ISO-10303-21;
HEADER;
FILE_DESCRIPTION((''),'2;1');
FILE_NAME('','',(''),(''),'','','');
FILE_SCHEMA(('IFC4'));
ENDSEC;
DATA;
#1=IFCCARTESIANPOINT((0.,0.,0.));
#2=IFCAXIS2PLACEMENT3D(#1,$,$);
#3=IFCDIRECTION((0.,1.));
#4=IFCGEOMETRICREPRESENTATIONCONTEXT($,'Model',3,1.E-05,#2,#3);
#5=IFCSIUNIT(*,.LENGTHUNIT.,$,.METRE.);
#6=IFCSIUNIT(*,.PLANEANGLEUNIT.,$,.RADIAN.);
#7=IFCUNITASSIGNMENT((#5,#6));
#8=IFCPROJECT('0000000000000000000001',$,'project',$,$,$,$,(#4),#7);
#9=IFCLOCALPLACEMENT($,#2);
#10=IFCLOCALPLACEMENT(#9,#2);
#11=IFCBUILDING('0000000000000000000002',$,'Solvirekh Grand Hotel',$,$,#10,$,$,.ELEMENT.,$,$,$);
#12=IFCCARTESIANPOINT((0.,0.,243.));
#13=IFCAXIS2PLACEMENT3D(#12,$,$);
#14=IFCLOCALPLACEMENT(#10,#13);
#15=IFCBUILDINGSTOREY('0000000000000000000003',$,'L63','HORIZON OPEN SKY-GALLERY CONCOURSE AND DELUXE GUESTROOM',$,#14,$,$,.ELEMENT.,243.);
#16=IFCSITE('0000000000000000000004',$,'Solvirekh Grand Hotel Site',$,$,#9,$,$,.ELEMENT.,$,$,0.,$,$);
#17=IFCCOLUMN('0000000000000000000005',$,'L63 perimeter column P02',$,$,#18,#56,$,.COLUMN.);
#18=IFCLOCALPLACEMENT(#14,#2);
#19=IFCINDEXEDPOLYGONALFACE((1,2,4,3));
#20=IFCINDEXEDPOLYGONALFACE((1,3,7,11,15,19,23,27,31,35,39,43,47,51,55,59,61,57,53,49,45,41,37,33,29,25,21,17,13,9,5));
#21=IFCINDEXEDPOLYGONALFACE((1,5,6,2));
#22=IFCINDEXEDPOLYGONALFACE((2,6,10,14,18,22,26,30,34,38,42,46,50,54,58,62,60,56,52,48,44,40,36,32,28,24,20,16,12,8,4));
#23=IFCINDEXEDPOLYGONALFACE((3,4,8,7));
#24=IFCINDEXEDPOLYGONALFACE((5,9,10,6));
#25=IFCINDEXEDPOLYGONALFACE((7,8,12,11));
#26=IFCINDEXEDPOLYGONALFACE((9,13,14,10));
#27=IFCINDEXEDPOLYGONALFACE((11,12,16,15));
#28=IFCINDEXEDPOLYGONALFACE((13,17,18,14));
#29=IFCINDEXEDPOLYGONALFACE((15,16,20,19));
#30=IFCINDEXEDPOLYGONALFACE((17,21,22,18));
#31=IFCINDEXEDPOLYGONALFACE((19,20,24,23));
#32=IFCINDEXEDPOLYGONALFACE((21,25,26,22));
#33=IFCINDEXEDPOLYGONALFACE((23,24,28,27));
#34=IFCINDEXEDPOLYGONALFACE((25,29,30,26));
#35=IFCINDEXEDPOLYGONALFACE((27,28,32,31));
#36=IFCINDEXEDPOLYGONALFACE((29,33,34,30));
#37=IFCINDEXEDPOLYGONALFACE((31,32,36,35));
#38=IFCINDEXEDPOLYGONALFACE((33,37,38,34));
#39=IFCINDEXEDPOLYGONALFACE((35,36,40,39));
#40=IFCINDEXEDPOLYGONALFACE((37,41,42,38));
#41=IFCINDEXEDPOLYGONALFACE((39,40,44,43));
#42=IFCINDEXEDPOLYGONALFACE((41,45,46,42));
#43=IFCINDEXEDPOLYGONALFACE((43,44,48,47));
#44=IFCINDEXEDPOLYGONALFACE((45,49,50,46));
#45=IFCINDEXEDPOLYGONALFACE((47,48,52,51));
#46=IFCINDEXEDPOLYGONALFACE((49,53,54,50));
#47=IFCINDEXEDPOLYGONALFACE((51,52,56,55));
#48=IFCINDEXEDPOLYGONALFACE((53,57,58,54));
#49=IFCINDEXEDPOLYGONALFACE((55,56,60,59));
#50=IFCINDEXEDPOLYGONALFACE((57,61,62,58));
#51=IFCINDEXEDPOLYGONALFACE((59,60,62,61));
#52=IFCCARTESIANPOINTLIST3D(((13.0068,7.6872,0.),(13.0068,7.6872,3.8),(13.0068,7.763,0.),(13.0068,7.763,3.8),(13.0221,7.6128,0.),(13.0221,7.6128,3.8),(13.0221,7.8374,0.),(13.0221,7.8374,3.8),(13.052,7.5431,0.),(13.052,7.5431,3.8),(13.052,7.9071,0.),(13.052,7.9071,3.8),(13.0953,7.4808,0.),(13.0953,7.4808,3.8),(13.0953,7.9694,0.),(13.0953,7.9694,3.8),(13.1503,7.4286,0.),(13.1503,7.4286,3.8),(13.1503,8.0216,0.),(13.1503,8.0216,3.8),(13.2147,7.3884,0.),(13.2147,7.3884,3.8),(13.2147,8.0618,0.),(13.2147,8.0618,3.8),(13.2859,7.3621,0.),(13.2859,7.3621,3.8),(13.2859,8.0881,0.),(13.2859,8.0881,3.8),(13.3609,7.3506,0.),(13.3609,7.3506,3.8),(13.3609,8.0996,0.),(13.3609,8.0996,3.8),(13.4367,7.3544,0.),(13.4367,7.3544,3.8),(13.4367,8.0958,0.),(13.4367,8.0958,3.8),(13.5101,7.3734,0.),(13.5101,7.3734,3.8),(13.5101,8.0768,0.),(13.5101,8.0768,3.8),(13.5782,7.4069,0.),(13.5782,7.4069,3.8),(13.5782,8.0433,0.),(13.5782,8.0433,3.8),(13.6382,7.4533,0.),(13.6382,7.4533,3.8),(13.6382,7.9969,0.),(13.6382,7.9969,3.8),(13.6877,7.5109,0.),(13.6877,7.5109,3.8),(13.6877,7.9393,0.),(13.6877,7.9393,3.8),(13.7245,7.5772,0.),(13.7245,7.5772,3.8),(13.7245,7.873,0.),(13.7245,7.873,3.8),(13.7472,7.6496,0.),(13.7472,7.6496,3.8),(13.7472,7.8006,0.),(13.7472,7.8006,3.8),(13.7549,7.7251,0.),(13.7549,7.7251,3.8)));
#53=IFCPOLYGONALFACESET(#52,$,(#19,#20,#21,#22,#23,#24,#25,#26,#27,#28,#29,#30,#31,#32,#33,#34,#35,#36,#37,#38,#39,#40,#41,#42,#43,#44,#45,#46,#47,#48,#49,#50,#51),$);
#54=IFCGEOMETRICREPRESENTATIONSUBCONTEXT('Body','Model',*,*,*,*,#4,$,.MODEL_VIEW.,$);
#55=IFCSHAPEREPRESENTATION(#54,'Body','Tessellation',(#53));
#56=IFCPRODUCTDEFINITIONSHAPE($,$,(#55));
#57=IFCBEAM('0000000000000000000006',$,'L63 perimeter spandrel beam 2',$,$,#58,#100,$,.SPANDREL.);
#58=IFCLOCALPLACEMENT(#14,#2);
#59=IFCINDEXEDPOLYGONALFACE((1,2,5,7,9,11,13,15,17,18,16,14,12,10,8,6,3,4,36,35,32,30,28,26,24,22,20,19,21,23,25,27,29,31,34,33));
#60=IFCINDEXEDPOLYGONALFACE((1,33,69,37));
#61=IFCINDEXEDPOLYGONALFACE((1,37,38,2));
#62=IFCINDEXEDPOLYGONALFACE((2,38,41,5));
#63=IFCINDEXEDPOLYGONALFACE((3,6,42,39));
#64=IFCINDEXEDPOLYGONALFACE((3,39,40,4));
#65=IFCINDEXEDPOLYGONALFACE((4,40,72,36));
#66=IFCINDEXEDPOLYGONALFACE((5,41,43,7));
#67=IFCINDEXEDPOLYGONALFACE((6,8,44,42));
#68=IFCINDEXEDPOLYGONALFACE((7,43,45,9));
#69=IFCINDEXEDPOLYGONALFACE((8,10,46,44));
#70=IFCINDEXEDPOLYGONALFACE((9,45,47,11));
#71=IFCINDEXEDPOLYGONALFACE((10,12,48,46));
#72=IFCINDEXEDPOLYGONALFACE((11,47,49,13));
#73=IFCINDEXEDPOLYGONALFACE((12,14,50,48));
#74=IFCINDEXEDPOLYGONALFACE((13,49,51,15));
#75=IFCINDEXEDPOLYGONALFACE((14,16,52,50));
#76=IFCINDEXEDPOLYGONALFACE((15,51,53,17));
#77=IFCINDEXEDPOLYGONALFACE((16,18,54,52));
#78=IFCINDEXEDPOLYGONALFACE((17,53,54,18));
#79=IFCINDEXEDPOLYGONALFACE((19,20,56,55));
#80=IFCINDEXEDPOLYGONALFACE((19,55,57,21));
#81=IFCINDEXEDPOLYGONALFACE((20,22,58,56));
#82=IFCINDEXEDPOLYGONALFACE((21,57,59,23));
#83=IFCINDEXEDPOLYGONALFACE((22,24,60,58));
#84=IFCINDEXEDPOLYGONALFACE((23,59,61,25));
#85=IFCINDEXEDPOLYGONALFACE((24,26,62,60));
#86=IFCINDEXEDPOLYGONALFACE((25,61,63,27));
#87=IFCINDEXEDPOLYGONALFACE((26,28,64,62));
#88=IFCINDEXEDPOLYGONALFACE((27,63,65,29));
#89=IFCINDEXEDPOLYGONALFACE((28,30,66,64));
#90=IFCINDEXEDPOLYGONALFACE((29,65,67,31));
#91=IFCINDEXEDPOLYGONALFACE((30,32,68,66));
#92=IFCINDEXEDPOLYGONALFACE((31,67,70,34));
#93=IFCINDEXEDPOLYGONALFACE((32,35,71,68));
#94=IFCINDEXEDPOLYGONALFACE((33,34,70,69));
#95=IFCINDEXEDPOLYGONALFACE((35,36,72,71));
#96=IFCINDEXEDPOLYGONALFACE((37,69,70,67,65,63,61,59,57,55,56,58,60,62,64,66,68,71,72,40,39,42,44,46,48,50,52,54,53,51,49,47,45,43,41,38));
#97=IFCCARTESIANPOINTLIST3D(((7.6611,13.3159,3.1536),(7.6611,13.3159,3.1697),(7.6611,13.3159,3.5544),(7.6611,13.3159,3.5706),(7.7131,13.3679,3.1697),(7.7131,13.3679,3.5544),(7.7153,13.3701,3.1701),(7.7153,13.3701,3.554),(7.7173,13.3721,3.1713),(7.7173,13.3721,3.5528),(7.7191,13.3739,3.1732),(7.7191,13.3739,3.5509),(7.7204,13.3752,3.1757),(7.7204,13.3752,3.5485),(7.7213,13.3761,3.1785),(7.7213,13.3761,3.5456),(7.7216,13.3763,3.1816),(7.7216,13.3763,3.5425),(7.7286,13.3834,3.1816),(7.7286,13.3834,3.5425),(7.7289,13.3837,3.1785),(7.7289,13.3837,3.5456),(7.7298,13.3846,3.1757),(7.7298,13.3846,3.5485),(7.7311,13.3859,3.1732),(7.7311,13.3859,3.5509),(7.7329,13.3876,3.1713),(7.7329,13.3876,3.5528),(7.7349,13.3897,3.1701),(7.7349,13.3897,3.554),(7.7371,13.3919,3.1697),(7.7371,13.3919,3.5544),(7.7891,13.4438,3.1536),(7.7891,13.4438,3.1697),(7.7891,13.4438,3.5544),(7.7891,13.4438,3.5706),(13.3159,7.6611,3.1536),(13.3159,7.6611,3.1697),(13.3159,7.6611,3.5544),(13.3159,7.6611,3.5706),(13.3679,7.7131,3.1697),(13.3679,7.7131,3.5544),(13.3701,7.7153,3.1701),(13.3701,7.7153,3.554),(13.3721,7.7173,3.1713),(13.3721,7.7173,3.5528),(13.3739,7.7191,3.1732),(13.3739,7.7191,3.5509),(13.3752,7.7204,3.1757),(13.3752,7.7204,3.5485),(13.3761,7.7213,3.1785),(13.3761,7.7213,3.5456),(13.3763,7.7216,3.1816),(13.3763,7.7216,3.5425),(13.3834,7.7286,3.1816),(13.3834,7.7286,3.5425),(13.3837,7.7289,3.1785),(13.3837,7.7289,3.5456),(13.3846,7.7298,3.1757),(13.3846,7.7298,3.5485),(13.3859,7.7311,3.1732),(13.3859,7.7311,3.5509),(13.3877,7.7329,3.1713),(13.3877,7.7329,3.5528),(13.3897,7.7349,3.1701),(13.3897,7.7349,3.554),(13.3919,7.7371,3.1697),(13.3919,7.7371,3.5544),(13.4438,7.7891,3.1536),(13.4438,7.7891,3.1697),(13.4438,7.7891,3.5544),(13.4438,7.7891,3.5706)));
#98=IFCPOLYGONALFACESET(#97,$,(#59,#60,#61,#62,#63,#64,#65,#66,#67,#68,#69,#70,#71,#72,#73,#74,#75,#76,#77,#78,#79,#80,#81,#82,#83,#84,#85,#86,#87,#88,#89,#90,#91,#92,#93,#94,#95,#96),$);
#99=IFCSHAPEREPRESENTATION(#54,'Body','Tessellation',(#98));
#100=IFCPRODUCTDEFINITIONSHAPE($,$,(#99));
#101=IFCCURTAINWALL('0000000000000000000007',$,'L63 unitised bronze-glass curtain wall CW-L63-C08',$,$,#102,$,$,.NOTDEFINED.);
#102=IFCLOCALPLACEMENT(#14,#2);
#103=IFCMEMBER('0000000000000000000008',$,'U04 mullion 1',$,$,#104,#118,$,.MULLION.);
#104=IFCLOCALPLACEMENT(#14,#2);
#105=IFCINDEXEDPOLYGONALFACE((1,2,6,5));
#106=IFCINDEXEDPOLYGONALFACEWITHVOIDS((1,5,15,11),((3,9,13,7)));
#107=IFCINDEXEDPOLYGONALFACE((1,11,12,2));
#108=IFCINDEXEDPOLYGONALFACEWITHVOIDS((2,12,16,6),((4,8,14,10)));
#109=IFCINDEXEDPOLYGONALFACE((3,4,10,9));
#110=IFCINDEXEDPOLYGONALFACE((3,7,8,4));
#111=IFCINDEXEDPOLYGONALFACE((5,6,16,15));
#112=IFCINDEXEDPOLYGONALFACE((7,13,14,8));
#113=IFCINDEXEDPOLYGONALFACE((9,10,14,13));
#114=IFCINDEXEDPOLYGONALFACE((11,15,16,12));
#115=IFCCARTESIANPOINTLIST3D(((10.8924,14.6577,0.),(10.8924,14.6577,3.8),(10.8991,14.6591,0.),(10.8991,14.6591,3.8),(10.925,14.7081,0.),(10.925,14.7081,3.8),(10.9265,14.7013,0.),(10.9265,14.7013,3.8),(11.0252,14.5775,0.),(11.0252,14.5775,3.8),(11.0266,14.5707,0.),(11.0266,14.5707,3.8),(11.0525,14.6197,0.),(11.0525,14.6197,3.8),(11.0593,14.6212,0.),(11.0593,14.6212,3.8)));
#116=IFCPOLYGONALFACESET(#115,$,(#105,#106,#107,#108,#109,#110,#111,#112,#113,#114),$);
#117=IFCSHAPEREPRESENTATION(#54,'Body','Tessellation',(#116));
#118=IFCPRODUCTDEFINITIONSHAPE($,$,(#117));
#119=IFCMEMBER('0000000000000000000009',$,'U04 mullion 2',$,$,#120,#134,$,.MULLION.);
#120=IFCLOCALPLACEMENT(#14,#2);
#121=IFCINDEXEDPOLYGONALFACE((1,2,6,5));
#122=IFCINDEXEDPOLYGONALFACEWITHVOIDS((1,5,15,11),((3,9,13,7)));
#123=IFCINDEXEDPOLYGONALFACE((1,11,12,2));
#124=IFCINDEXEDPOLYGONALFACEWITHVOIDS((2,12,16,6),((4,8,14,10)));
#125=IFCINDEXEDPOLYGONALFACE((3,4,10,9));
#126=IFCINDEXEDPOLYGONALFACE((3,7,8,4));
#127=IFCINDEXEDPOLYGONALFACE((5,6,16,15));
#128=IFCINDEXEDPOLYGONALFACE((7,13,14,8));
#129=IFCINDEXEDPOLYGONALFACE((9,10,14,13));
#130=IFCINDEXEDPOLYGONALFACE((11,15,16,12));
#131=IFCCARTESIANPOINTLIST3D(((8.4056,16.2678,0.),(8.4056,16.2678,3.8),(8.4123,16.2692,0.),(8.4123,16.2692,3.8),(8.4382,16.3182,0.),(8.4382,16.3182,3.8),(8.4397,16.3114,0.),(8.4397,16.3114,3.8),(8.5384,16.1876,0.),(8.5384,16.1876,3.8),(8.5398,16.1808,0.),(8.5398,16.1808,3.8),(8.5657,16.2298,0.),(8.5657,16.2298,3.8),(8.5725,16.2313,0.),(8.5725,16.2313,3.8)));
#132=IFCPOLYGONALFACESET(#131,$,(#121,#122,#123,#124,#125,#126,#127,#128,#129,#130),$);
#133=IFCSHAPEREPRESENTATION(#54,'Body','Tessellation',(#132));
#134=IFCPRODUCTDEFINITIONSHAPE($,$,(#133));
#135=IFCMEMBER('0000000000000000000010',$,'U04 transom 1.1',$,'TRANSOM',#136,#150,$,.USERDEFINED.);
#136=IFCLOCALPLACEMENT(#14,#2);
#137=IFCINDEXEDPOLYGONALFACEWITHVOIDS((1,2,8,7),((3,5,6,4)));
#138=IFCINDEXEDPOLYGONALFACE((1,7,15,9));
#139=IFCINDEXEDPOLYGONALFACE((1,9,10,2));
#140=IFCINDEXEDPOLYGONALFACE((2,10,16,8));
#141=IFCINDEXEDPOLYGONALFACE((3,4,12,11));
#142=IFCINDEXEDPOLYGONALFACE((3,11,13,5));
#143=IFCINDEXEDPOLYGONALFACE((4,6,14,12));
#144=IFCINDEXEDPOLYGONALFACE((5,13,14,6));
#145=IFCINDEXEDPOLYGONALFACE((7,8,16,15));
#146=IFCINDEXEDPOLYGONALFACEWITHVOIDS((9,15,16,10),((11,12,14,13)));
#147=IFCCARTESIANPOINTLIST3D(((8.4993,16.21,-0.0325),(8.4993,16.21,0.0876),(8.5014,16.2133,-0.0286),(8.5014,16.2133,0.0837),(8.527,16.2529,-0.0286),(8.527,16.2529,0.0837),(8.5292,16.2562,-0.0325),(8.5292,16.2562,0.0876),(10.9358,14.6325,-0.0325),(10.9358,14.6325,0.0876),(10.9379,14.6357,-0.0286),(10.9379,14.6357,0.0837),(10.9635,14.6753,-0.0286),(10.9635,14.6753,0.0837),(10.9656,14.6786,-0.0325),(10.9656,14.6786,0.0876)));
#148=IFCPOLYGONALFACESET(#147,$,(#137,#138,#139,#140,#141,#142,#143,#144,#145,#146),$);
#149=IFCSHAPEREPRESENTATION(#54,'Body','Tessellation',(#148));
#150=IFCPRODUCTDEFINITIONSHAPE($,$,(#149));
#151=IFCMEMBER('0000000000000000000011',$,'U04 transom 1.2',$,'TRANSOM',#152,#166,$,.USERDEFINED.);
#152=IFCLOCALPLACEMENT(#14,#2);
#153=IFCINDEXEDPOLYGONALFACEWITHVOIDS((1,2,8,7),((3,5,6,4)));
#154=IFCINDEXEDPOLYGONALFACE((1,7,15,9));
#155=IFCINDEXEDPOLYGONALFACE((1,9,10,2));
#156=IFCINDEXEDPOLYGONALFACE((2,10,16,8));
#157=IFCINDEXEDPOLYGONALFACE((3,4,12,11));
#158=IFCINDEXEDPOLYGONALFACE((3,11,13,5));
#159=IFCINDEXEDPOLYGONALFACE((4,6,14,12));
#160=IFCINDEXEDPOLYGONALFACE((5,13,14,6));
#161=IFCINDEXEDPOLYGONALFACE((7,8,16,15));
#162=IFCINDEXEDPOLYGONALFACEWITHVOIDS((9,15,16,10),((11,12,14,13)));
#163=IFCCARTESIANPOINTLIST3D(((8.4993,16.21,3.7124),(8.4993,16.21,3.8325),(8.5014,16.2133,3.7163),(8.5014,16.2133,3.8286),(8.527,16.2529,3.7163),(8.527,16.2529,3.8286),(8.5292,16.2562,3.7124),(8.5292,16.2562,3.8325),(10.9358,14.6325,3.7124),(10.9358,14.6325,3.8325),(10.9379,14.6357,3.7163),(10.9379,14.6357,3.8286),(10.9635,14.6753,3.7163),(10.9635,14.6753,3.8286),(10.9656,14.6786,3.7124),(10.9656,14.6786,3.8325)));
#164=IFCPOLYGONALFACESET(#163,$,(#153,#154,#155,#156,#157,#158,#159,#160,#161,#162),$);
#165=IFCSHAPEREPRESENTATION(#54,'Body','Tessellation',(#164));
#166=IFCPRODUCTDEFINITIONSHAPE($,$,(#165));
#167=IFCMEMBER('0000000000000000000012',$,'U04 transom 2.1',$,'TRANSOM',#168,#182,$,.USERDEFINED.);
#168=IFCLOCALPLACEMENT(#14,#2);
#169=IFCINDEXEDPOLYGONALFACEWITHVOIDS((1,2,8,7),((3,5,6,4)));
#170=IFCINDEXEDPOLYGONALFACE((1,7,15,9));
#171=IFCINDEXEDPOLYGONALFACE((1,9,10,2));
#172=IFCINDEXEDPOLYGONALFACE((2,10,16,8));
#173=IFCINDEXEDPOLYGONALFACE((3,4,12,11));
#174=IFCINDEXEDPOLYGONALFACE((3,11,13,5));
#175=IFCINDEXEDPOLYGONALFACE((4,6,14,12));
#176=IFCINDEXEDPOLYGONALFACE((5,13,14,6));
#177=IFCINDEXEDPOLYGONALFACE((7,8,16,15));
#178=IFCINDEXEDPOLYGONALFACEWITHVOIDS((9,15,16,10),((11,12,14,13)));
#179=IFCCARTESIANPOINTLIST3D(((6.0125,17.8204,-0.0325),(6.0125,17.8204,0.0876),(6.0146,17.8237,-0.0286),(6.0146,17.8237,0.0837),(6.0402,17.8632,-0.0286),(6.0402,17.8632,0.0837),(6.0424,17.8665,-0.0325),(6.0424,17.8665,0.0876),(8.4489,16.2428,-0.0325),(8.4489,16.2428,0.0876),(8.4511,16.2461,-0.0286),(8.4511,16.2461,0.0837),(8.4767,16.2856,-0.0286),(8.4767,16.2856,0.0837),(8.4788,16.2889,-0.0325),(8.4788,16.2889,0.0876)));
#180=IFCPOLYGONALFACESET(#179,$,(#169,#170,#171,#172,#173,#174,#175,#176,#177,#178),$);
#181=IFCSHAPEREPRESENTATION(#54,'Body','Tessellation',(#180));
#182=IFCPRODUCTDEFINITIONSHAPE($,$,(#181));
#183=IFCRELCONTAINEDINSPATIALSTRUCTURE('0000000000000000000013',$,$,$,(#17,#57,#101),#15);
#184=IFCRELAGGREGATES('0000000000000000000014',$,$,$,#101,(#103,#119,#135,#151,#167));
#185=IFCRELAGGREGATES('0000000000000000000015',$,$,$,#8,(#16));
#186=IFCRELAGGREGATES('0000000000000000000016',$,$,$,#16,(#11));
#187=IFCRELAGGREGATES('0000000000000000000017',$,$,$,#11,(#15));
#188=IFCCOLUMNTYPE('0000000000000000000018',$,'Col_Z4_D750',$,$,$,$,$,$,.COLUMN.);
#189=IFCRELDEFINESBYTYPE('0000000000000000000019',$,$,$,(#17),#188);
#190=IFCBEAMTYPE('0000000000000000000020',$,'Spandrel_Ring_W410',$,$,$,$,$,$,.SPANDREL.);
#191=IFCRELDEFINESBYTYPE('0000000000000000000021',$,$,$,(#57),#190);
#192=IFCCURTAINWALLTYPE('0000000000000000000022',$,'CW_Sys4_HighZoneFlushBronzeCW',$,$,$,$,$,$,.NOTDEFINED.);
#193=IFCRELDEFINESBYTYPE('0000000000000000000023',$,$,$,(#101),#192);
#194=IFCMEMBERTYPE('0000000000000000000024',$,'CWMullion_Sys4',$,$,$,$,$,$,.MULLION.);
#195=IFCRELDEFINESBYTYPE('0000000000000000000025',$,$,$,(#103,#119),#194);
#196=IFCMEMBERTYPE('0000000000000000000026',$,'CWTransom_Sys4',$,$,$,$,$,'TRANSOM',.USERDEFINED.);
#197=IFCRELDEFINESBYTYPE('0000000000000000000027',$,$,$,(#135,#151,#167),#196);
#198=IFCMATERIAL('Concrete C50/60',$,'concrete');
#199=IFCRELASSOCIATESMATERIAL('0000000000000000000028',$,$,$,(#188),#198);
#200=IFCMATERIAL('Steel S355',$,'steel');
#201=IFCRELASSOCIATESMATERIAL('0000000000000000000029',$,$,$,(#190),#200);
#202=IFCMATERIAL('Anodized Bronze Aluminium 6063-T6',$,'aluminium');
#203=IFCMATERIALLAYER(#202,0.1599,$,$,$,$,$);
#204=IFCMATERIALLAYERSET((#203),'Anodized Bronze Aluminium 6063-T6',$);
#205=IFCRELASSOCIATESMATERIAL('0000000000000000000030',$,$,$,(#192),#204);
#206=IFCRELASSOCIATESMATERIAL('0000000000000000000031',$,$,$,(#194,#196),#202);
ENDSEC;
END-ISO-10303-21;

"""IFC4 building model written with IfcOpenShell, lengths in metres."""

from ifc_helpers import new_model, si_unit, direction, frame, origin, origin_2d, place, context, subcontext, project, spatial, hollow_rectangle, circle, i_section, extrude, source, transform, mapped, material, layer, layer_set, material_profile, profile_set, type_object, element, aggregate, save


model = new_model("IFC4")

# Units and contexts
model_context = context("Model", 3, precision=1e-05, world=origin(), true_north=direction((0.0, 1.0)))
body_context = subcontext(model_context, "Body", "Model", "MODEL_VIEW")
ifc_project = project(units=[si_unit("LENGTHUNIT", "METRE"), si_unit("PLANEANGLEUNIT", "RADIAN")], contexts=[model_context])

# Site, building, storey
site_placement = place(None, origin())
site = spatial("IfcSite", under=ifc_project, at=site_placement, Name="Solvirekh Grand Hotel Site", CompositionType="ELEMENT", RefElevation=0.0)
building_placement = place(site_placement, origin())
building = spatial("IfcBuilding", under=site, at=building_placement, Name="Solvirekh Grand Hotel", CompositionType="ELEMENT")
storey_placement = place(building_placement, frame((0.0, 0.0, 243.0)))
storey = spatial("IfcBuildingStorey", under=building, at=storey_placement, Name="L63", Description="HORIZON OPEN SKY-GALLERY CONCOURSE AND DELUXE GUESTROOM", CompositionType="ELEMENT", Elevation=243.0)

# Column
ifc_material_1 = material(Name="Concrete C50/60", Category="concrete")
ifc_material_profile_1 = material_profile(ifc_material_1, circle(Radius=0.375, at=origin_2d()), Name="RC CIRC D750")
ifc_profile_set_1 = profile_set([ifc_material_profile_1], Name="Concrete C50/60")
column_type = type_object("IfcColumnType", Name="Col_Z4_D750", PredefinedType="COLUMN", material=ifc_profile_set_1)
column_placement = place(storey_placement, frame((13.3799, 7.7251, 0.0), z_axis=(0.0, 0.0, 1.0), x_axis=(1.0, 0.0, 0.0)))
element("IfcColumn", 1, at=column_placement, inside=storey, type_object=column_type, Name="L63 perimeter column P02", PredefinedType="COLUMN", context=body_context, shape_type="SweptSolid", body=[
    extrude(circle(Radius=0.375, at=origin_2d()), origin(), (0.0, 0.0, 1.0), 3.8),
])

# Beam
ifc_material_2 = material(Name="Steel S355", Category="steel")
ifc_material_profile_2 = material_profile(ifc_material_2, i_section(OverallWidth=0.1809, OverallDepth=0.417, WebThickness=0.01, FlangeThickness=0.0161, FilletRadius=0.012, at=origin_2d()), Name="W410X85")
ifc_profile_set_2 = profile_set([ifc_material_profile_2], Name="Steel S355")
beam_type = type_object("IfcBeamType", Name="Spandrel_Ring_W410", PredefinedType="SPANDREL", material=ifc_profile_set_2)
beam_placement = place(storey_placement, frame((13.3799, 7.7251, 3.3621), z_axis=(-0.707107, 0.707107, 0.0), x_axis=(-0.707107, -0.707107, 0.0)))
element("IfcBeam", 2, at=beam_placement, inside=storey, type_object=beam_type, Name="L63 perimeter spandrel beam 2", PredefinedType="SPANDREL", context=body_context, shape_type="SweptSolid", body=[
    extrude(i_section(OverallWidth=0.1809, OverallDepth=0.417, WebThickness=0.01, FlangeThickness=0.0161, FilletRadius=0.012, at=origin_2d()), origin(), (0.0, 0.0, 1.0), 7.9971),
])

# Curtain wall, members
ifc_material_3 = material(Name="Anodized Bronze Aluminium 6063-T6", Category="aluminium")
ifc_layer_1 = layer(ifc_material_3, 0.1599)
ifc_layer_set_1 = layer_set([ifc_layer_1], Name="Anodized Bronze Aluminium 6063-T6")
curtain_wall_type = type_object("IfcCurtainWallType", Name="CW_Sys4_HighZoneFlushBronzeCW", PredefinedType="NOTDEFINED", material=ifc_layer_set_1)
curtain_wall_placement = place(storey_placement, origin())
curtain_wall = element("IfcCurtainWall", 3, at=curtain_wall_placement, inside=storey, type_object=curtain_wall_type, Name="L63 unitised bronze-glass curtain wall CW-L63-C08", PredefinedType="NOTDEFINED")
ifc_material_profile_3 = material_profile(ifc_material_3, hollow_rectangle(XDim=0.0601, YDim=0.1599, WallThickness=0.0049, at=origin_2d()), Name="ALU RHS 160X60X5")
ifc_profile_set_3 = profile_set([ifc_material_profile_3], Name="Anodized Bronze Aluminium 6063-T6")
member_type_1 = type_object("IfcMemberType", Name="CWMullion_Sys4", PredefinedType="MULLION", material=ifc_profile_set_3)
shared_shape_1 = source(origin(), body_context, "Body", "SweptSolid", [
    extrude(hollow_rectangle(XDim=0.0601, YDim=0.1599, WallThickness=0.0049, at=origin_2d()), origin(), (0.0, 0.0, 1.0), 3.8),
])
member_1_placement = place(storey_placement, frame((10.9758, 14.6394, 0.0), z_axis=(0.0, 0.0, 1.0), x_axis=(-0.543508, -0.839404, 0.0)))
member_1 = element("IfcMember", 4, at=member_1_placement, type_object=member_type_1, Name="U04 mullion 1", PredefinedType="MULLION", context=body_context, shape_type="MappedRepresentation", body=[
    mapped(shared_shape_1, transform((0.0, 0.0, 0.0), x_axis=(1.0, 0.0, 0.0), y_axis=(0.0, 1.0, 0.0), z_axis=(0.0, 0.0, 1.0), scale=1.0)),
])
member_2_placement = place(storey_placement, frame((8.489, 16.2495, 0.0), z_axis=(0.0, 0.0, 1.0), x_axis=(-0.543508, -0.839404, 0.0)))
member_2 = element("IfcMember", 5, at=member_2_placement, type_object=member_type_1, Name="U04 mullion 2", PredefinedType="MULLION", context=body_context, shape_type="MappedRepresentation", body=[
    mapped(shared_shape_1, transform((0.0, 0.0, 0.0), x_axis=(1.0, 0.0, 0.0), y_axis=(0.0, 1.0, 0.0), z_axis=(0.0, 0.0, 1.0), scale=1.0)),
])
ifc_material_profile_4 = material_profile(ifc_material_3, hollow_rectangle(XDim=0.0549, YDim=0.1201, WallThickness=0.0039, at=origin_2d()), Name="ALU RHS 120X55X4")
ifc_profile_set_4 = profile_set([ifc_material_profile_4], Name="Anodized Bronze Aluminium 6063-T6")
member_type_2 = type_object("IfcMemberType", Name="CWTransom_Sys4", ElementType="TRANSOM", PredefinedType="USERDEFINED", material=ifc_profile_set_4)
shared_shape_2 = source(origin(), body_context, "Body", "SweptSolid", [
    extrude(hollow_rectangle(XDim=0.0549, YDim=0.1201, WallThickness=0.0039, at=origin_2d()), origin(), (0.0, 0.0, 1.0), 2.9026),
])
member_3_placement = place(storey_placement, frame((10.9507, 14.6555, 0.0276), z_axis=(-0.839403, 0.543509, 0.0), x_axis=(-0.543509, -0.839403, 0.0)))
member_3 = element("IfcMember", 6, at=member_3_placement, type_object=member_type_2, Name="U04 transom 1.1", ObjectType="TRANSOM", PredefinedType="USERDEFINED", context=body_context, shape_type="MappedRepresentation", body=[
    mapped(shared_shape_2, transform((0.0, 0.0, 0.0), x_axis=(1.0, 0.0, 0.0), y_axis=(0.0, 1.0, 0.0), z_axis=(0.0, 0.0, 1.0), scale=1.0)),
])
member_4_placement = place(storey_placement, frame((10.9507, 14.6555, 3.7725), z_axis=(-0.839403, 0.543509, 0.0), x_axis=(-0.543509, -0.839403, 0.0)))
member_4 = element("IfcMember", 7, at=member_4_placement, type_object=member_type_2, Name="U04 transom 1.2", ObjectType="TRANSOM", PredefinedType="USERDEFINED", context=body_context, shape_type="MappedRepresentation", body=[
    mapped(shared_shape_2, transform((0.0, 0.0, 0.0), x_axis=(1.0, 0.0, 0.0), y_axis=(0.0, 1.0, 0.0), z_axis=(0.0, 0.0, 1.0), scale=1.0)),
])
member_5_placement = place(storey_placement, frame((8.4639, 16.2659, 0.0276), z_axis=(-0.839403, 0.543509, 0.0), x_axis=(-0.543509, -0.839403, 0.0)))
member_5 = element("IfcMember", 8, at=member_5_placement, type_object=member_type_2, Name="U04 transom 2.1", ObjectType="TRANSOM", PredefinedType="USERDEFINED", context=body_context, shape_type="MappedRepresentation", body=[
    mapped(shared_shape_2, transform((0.0, 0.0, 0.0), x_axis=(1.0, 0.0, 0.0), y_axis=(0.0, 1.0, 0.0), z_axis=(0.0, 0.0, 1.0), scale=1.0)),
])
aggregate(curtain_wall, [member_1, member_2, member_3, member_4, member_5])

save(model, "model.ifc")
